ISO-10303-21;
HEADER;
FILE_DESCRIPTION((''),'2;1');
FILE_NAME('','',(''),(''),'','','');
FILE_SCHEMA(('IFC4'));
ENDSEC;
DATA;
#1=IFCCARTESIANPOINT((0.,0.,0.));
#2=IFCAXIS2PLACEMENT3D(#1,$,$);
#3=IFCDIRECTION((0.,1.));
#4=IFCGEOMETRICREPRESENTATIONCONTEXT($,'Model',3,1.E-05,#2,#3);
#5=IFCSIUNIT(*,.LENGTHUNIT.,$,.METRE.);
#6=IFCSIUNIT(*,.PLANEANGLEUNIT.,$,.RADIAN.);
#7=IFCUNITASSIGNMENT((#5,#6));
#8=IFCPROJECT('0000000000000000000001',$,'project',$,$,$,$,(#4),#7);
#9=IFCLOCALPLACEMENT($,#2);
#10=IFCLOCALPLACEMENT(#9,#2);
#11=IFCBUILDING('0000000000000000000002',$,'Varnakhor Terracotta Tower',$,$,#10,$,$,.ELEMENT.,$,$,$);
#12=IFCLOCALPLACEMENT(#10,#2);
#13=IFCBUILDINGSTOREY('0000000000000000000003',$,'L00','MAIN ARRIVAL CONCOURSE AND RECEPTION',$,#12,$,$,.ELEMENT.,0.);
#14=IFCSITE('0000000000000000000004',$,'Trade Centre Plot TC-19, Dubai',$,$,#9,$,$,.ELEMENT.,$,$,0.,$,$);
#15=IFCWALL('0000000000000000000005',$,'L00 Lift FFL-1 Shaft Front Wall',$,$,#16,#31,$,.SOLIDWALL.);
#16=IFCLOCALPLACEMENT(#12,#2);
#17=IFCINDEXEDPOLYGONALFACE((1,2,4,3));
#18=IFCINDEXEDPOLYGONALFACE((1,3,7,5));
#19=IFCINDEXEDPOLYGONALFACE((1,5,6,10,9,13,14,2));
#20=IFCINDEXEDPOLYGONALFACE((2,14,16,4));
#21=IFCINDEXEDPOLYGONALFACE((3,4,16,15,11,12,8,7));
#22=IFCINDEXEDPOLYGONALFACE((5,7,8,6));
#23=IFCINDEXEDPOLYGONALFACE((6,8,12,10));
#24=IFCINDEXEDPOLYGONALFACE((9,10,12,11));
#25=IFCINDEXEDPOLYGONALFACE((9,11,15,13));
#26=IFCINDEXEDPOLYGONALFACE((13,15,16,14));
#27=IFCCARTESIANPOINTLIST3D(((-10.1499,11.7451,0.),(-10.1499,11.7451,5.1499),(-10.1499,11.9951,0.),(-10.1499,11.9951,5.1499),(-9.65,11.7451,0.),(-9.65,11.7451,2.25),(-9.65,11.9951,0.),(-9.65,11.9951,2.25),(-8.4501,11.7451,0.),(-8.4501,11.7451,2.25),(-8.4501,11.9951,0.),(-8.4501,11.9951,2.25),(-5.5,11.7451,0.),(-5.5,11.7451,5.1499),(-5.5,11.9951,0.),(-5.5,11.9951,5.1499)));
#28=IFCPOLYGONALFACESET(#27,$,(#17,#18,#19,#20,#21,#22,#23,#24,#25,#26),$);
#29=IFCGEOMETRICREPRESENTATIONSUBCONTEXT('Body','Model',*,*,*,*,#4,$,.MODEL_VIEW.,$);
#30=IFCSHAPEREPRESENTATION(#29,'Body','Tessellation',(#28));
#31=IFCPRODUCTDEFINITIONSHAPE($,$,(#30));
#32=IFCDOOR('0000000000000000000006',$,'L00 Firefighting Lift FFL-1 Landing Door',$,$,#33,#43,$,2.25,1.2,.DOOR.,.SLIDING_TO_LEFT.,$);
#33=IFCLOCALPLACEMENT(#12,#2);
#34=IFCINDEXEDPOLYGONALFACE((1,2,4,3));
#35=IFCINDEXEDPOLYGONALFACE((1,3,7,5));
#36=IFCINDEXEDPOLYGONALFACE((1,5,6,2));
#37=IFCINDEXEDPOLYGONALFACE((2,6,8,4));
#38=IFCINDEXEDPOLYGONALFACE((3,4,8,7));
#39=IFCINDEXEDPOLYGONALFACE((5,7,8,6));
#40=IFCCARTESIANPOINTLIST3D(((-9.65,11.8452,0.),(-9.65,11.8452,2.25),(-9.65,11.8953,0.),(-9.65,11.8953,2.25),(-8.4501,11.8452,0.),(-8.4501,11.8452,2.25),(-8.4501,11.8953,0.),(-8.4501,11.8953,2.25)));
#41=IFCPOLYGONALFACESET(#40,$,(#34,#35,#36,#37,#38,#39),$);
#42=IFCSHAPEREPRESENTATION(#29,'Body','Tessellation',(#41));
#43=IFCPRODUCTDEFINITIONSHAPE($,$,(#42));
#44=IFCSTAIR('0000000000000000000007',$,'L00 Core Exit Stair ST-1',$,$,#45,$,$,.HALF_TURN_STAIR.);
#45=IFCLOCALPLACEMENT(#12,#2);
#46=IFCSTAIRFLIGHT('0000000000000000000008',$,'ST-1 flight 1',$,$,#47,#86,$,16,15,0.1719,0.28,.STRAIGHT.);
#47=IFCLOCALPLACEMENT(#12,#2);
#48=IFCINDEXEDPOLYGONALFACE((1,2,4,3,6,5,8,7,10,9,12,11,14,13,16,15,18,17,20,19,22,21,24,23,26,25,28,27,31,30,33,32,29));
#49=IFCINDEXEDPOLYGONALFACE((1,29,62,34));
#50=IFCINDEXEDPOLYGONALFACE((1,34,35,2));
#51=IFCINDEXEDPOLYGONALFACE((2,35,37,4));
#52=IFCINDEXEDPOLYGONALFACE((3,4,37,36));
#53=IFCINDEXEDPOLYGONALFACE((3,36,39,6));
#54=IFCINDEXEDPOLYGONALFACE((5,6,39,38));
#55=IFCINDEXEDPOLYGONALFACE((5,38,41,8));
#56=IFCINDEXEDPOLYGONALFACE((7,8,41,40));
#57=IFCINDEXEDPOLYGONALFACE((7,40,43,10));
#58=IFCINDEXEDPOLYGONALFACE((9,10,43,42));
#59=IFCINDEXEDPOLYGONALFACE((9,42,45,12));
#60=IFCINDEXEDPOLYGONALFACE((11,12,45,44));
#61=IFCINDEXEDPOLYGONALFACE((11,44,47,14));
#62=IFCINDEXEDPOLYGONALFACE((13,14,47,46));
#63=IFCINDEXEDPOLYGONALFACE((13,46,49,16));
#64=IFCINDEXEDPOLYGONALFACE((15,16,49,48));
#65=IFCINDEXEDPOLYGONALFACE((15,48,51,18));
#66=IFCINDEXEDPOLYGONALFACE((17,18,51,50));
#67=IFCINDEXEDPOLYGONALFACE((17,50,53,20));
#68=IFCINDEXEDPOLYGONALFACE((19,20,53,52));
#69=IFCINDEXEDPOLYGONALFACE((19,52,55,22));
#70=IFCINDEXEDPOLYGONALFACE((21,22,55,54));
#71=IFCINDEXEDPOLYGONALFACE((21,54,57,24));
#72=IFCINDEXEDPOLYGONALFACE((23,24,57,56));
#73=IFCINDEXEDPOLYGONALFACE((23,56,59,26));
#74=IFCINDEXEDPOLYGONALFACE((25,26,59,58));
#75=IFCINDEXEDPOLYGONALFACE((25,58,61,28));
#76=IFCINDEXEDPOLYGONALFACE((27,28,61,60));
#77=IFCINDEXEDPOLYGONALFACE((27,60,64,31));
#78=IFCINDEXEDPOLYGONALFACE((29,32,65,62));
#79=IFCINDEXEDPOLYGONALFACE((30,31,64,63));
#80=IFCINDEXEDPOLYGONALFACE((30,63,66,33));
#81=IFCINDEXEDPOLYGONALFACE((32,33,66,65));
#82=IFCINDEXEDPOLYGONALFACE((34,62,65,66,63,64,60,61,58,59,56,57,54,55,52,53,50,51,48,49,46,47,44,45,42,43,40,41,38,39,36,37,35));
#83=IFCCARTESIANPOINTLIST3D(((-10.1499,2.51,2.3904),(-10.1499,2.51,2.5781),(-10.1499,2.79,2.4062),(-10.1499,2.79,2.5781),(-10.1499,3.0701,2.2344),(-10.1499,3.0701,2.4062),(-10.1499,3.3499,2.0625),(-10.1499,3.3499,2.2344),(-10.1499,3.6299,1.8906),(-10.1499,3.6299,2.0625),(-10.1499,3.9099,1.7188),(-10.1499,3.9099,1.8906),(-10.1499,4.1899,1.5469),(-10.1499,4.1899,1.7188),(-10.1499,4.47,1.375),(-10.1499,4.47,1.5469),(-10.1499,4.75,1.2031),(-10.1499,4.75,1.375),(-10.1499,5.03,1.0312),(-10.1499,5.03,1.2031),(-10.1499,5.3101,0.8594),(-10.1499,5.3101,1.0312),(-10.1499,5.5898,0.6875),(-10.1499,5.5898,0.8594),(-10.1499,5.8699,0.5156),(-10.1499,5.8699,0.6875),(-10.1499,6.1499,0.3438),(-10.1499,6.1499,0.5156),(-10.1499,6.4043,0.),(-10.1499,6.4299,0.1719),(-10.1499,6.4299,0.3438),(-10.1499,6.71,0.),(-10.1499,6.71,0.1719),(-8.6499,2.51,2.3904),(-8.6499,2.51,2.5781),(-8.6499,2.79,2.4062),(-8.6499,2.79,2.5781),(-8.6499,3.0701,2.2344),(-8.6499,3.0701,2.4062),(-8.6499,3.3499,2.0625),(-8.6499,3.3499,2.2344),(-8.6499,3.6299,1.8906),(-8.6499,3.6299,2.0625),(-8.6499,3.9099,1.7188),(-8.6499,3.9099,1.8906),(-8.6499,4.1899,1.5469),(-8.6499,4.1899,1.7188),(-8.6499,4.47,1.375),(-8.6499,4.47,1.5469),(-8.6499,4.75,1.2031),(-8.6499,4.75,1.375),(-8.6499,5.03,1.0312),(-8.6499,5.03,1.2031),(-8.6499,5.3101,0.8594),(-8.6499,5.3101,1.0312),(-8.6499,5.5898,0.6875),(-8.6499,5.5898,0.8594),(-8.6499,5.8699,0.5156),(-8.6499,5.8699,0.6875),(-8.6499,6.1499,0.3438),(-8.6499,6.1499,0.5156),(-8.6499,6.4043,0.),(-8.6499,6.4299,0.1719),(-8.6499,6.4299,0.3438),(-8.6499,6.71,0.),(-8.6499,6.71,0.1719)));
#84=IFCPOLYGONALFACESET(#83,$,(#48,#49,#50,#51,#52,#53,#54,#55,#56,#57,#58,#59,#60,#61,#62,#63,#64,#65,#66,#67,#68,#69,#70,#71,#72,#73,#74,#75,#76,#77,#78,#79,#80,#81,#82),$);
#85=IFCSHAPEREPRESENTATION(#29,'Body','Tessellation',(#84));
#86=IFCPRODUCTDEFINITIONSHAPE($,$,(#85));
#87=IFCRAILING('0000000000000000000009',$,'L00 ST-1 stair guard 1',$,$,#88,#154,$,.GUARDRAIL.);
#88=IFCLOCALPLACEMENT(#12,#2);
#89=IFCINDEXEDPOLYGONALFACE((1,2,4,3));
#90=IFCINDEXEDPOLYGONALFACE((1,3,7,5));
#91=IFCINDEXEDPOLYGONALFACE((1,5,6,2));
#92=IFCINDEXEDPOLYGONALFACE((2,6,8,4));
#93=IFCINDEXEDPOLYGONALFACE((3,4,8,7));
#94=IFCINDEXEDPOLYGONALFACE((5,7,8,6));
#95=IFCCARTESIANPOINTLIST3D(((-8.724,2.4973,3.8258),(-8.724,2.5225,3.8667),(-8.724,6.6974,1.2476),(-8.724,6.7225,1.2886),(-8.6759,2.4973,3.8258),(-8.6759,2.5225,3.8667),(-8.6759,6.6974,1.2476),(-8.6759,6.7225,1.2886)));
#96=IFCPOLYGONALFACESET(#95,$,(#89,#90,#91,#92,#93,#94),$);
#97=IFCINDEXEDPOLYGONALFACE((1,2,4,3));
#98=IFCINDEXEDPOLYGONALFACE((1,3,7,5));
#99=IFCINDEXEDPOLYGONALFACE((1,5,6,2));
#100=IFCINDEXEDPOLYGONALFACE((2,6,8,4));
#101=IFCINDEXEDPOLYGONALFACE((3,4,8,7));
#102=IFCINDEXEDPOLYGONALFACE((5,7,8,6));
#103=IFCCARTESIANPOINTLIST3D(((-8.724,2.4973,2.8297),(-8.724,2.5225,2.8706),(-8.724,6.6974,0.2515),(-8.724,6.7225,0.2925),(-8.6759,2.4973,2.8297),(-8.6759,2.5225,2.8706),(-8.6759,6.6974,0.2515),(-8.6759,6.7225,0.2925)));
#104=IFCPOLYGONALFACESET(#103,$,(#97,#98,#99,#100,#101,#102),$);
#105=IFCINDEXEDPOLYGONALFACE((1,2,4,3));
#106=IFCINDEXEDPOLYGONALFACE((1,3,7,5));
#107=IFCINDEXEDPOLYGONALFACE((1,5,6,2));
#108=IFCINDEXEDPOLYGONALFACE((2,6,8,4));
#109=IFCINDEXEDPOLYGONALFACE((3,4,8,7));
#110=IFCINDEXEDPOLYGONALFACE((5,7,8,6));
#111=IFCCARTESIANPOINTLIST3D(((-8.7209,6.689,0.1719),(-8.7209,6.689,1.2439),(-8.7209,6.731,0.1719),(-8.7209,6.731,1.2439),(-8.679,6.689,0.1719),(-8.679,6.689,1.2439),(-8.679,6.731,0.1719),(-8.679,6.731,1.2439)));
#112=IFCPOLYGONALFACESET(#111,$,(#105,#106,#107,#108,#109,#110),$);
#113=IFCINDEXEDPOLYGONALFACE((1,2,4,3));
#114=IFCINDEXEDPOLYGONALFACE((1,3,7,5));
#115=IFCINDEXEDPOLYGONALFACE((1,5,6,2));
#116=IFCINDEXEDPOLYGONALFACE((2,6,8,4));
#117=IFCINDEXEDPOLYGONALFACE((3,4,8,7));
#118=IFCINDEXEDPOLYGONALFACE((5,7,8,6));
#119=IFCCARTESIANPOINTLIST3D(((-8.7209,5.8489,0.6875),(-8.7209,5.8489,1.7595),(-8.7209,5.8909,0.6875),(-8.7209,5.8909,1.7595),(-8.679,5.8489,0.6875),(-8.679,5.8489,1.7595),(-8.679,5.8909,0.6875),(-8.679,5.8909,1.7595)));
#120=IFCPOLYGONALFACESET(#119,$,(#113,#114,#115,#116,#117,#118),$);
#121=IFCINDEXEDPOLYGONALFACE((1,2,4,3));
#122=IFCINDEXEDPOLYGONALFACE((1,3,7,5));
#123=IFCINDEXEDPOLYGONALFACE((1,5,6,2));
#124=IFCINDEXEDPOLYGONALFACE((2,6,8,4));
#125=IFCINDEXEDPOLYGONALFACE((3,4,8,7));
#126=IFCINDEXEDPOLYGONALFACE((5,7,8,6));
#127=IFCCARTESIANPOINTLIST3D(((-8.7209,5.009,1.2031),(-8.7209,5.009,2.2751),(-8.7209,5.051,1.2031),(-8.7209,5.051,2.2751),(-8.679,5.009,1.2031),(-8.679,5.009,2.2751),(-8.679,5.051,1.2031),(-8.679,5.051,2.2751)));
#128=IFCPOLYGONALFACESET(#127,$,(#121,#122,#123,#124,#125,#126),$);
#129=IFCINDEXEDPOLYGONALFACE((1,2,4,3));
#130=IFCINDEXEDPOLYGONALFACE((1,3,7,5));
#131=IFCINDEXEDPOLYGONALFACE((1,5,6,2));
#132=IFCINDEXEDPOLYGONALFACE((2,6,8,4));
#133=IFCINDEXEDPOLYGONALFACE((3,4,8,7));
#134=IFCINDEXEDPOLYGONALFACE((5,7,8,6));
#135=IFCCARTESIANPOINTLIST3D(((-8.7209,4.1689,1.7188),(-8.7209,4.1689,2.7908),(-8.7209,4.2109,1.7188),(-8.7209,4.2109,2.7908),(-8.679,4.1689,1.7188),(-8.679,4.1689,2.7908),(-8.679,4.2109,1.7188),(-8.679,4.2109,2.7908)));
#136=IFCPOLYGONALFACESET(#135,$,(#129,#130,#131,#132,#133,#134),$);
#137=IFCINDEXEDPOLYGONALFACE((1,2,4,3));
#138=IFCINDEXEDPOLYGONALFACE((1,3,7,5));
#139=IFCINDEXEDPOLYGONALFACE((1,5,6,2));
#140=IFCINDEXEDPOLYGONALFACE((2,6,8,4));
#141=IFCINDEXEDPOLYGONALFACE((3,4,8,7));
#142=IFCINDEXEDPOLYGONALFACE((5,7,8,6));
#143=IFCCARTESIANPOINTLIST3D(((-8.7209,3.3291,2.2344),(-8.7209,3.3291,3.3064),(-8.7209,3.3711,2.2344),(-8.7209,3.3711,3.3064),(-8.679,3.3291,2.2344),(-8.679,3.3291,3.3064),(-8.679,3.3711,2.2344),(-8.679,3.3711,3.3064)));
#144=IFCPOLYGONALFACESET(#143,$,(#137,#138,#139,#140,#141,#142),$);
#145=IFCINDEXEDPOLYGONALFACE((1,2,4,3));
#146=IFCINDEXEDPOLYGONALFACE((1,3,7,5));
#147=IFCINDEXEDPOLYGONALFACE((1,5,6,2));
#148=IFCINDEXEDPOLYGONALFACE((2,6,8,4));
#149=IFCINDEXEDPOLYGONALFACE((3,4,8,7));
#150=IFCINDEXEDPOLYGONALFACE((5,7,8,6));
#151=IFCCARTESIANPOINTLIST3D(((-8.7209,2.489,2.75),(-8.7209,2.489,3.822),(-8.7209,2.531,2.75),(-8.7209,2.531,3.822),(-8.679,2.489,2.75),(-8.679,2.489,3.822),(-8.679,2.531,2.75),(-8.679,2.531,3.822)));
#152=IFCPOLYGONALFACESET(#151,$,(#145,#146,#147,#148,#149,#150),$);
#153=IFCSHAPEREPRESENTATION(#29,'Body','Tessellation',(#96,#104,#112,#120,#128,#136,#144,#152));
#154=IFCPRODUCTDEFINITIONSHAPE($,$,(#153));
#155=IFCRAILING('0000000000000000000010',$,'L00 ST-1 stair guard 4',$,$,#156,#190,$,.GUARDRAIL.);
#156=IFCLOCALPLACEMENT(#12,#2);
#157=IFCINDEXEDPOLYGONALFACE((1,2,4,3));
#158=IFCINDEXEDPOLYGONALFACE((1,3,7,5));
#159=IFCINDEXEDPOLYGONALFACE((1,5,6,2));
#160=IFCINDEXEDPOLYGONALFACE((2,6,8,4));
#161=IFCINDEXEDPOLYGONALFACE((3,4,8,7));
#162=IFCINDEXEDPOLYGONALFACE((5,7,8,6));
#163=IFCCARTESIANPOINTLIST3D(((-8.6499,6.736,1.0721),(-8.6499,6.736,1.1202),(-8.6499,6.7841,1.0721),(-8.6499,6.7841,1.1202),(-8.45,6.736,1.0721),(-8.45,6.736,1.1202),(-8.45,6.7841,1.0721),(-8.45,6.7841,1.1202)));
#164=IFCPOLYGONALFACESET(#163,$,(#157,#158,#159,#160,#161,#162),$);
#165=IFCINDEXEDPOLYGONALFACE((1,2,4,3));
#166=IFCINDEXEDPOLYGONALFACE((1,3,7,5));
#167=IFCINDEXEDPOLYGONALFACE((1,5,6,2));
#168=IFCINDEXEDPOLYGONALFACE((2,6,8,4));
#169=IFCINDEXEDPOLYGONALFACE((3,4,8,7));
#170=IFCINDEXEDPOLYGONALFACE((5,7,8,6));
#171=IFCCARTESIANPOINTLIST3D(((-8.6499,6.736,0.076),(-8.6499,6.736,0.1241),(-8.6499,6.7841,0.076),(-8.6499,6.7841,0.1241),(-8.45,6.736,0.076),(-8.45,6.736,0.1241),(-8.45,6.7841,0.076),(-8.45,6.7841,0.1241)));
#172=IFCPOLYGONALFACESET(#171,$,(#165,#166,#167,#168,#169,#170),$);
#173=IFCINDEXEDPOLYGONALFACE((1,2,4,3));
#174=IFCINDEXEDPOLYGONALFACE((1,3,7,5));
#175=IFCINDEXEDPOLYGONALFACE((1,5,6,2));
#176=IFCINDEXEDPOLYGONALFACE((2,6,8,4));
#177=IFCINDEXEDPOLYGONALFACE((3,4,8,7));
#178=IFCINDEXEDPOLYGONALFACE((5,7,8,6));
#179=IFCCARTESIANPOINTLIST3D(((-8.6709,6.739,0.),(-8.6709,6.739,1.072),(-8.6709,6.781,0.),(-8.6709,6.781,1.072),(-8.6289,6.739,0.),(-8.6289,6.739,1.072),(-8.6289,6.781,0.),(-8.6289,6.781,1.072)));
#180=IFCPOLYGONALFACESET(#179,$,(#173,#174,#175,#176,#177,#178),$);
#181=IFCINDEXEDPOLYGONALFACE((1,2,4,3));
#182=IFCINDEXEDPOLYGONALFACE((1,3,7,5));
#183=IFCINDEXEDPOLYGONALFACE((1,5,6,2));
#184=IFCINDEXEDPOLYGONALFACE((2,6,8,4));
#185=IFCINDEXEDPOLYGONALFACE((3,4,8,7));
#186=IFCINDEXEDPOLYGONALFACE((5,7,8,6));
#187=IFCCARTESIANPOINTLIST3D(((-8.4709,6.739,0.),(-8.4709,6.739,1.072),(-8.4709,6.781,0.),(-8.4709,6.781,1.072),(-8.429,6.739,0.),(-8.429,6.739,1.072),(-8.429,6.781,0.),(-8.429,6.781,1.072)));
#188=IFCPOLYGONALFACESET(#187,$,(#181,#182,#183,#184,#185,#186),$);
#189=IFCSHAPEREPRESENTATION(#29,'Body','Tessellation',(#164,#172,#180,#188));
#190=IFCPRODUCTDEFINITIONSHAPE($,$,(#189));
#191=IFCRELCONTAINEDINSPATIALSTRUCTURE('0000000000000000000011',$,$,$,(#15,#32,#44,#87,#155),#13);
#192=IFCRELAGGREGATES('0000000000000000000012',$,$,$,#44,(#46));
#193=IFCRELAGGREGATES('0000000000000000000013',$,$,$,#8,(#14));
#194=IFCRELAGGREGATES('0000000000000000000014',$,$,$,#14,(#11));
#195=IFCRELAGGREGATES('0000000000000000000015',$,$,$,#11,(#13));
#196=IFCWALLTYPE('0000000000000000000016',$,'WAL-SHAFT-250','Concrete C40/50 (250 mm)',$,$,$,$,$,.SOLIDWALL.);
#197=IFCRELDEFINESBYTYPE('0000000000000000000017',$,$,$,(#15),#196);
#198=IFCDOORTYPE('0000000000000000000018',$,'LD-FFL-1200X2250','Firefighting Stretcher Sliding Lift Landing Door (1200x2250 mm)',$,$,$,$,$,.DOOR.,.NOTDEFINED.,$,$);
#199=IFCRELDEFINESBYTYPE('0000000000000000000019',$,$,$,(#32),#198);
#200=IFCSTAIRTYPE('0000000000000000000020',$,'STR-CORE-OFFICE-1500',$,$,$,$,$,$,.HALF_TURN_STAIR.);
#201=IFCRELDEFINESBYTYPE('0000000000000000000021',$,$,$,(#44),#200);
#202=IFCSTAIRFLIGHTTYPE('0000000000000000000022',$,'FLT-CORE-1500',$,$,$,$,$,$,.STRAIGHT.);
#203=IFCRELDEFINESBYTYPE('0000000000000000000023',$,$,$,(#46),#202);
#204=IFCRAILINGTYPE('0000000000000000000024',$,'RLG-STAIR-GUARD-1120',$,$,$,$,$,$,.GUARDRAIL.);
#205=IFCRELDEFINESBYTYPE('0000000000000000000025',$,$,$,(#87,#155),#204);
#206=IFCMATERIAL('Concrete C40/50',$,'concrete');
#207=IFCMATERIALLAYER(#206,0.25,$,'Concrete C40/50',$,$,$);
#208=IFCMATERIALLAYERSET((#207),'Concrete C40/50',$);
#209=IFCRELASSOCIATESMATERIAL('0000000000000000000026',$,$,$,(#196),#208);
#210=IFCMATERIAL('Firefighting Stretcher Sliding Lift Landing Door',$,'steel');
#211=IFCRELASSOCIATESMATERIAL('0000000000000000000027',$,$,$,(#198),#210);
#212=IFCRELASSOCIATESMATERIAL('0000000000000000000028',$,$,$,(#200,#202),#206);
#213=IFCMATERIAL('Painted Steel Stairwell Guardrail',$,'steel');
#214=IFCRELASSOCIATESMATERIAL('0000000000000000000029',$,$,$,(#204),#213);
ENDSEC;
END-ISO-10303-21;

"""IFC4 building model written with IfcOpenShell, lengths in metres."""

from ifc_helpers import new_model, si_unit, direction, frame, frame_2d, origin, origin_2d, place, context, subcontext, project, spatial, polyline, rectangle, outline, extrude, source, transform, mapped, material, layer, layer_set, type_object, type_shapes, element, fill, aggregate, save


model = new_model("IFC4")

# Units and contexts
model_context = context("Model", 3, precision=1e-05, world=origin(), true_north=direction((0.0, 1.0)))
body_context = subcontext(model_context, "Body", "Model", "MODEL_VIEW")
ifc_project = project(units=[si_unit("LENGTHUNIT", "METRE"), si_unit("PLANEANGLEUNIT", "RADIAN")], contexts=[model_context])

# Site, building, storey
site_placement = place(None, origin())
site = spatial("IfcSite", under=ifc_project, at=site_placement, Name="Trade Centre Plot TC-19, Dubai", CompositionType="ELEMENT", RefElevation=0.0)
building_placement = place(site_placement, origin())
building = spatial("IfcBuilding", under=site, at=building_placement, Name="Varnakhor Terracotta Tower", CompositionType="ELEMENT")
storey_placement = place(building_placement, origin())
storey = spatial("IfcBuildingStorey", under=building, at=storey_placement, Name="L00", Description="MAIN ARRIVAL CONCOURSE AND RECEPTION", CompositionType="ELEMENT", Elevation=0.0)

# Shared definitions
ifc_material_1 = material(Name="Concrete C40/50", Category="concrete")

# Wall, opening, door
ifc_layer_1 = layer(ifc_material_1, 0.25, Name="Concrete C40/50")
ifc_layer_set_1 = layer_set([ifc_layer_1], Name="Concrete C40/50")
wall_type_1 = type_object("IfcWallType", Name="WAL-SHAFT-250", Description="Concrete C40/50 (250 mm)", PredefinedType="SOLIDWALL", material=ifc_layer_set_1)
wall_1_placement = place(storey_placement, frame((-5.5, 11.8701, 0.0), z_axis=(0.0, 0.0, 1.0), x_axis=(-1.0, 0.0, 0.0)))
wall_1 = element("IfcWall", 1, at=wall_1_placement, inside=storey, type_object=wall_type_1, Name="L00 Lift FFL-1 Shaft Front Wall", PredefinedType="SOLIDWALL", context=body_context, shape_type="SweptSolid", body=[
    extrude(rectangle(XDim=4.6499, YDim=0.25, at=frame_2d((2.325, 0.0))), origin(), (0.0, 0.0, 1.0), 5.1499),
])
opening_1_placement = place(wall_1_placement, frame((2.95, 0.0, 0.0)))
opening_1 = element("IfcOpeningElement", 2, at=opening_1_placement, cuts=wall_1, PredefinedType="OPENING", context=body_context, shape_type="SweptSolid", body=[
    extrude(rectangle(XDim=1.2, YDim=2.25, at=frame_2d((0.6001, 1.125))), frame((0.0, 0.135, 0.0), z_axis=(0.0, -1.0, 0.0), x_axis=(1.0, 0.0, 0.0)), (0.0, 0.0, 1.0), 0.27),
])
ifc_material_2 = material(Name="Firefighting Stretcher Sliding Lift Landing Door", Category="steel")
door_type_1 = type_object("IfcDoorType", Name="LD-FFL-1200X2250", Description="Firefighting Stretcher Sliding Lift Landing Door (1200x2250 mm)", OperationType="NOTDEFINED", PredefinedType="DOOR", material=ifc_material_2)
shared_shape_1 = source(origin(), body_context, "Body", "SweptSolid", [
    extrude(rectangle(XDim=1.2, YDim=2.25, at=frame_2d((0.6001, 1.125))), frame((0.0, 0.0249, 0.0), z_axis=(0.0, -1.0, 0.0), x_axis=(1.0, 0.0, 0.0)), (0.0, 0.0, 1.0), 0.05),
])
type_shapes(door_type_1, [shared_shape_1])
door_1_placement = place(opening_1_placement, origin())
door_1 = element("IfcDoor", 3, at=door_1_placement, inside=storey, type_object=door_type_1, Name="L00 Firefighting Lift FFL-1 Landing Door", OperationType="SLIDING_TO_LEFT", OverallHeight=2.25, OverallWidth=1.2, PredefinedType="DOOR", context=body_context, shape_type="MappedRepresentation", body=[
    mapped(shared_shape_1, transform((0.0, 0.0, 0.0), scale=1.0)),
])
fill(opening_1, door_1)

# Stair, stair flight
stair_type = type_object("IfcStairType", Name="STR-CORE-OFFICE-1500", PredefinedType="HALF_TURN_STAIR", material=ifc_material_1)
stair_placement = place(storey_placement, origin())
stair = element("IfcStair", 4, at=stair_placement, inside=storey, type_object=stair_type, Name="L00 Core Exit Stair ST-1", PredefinedType="HALF_TURN_STAIR")
stair_flight_type = type_object("IfcStairFlightType", Name="FLT-CORE-1500", PredefinedType="STRAIGHT", material=ifc_material_1)
stair_flight_placement = place(storey_placement, frame((-9.3999, 6.71, 0.0), z_axis=(0.0, 0.0, 1.0), x_axis=(0.0, -1.0, 0.0)))
stair_flight = element("IfcStairFlight", 5, at=stair_flight_placement, type_object=stair_flight_type, Name="ST-1 flight 1", NumberOfRisers=16, NumberOfTreads=15, PredefinedType="STRAIGHT", RiserHeight=0.1719, TreadLength=0.28, context=body_context, shape_type="SweptSolid", body=[
    extrude(outline(polyline([(0.0, 0.0), (0.0, 0.1719), (0.28, 0.1719), (0.28, 0.3438), (0.5601, 0.3438), (0.5601, 0.5156), (0.8401, 0.5156), (0.8401, 0.6875), (1.1201, 0.6875), (1.1201, 0.8594), (1.3999, 0.8594), (1.3999, 1.0312), (1.6799, 1.0312), (1.6799, 1.2031), (1.96, 1.2031), (1.96, 1.375), (2.24, 1.375), (2.24, 1.5469), (2.52, 1.5469), (2.52, 1.7188), (2.8, 1.7188), (2.8, 1.8906), (3.0801, 1.8906), (3.0801, 2.0625), (3.3601, 2.0625), (3.3601, 2.2344), (3.6399, 2.2344), (3.6399, 2.4062), (3.9199, 2.4062), (3.9199, 2.5781), (4.2, 2.5781), (4.2, 2.75), (4.2, 2.3904), (0.3057, 0.0), (0.0, 0.0)])), frame((0.0, 0.75, 0.0), z_axis=(0.0, -1.0, 0.0), x_axis=(1.0, 0.0, 0.0)), (0.0, 0.0, 1.0), 1.5),
])
aggregate(stair, [stair_flight])

# Railings
ifc_material_3 = material(Name="Painted Steel Stairwell Guardrail", Category="steel")
railing_type_1 = type_object("IfcRailingType", Name="RLG-STAIR-GUARD-1120", PredefinedType="GUARDRAIL", material=ifc_material_3)
railing_1_placement = place(storey_placement, frame((-8.7, 6.71, 0.1719)))
element("IfcRailing", 6, at=railing_1_placement, inside=storey, type_object=railing_type_1, Name="L00 ST-1 stair guard 1", PredefinedType="GUARDRAIL", context=body_context, shape_type="SweptSolid", body=[
    extrude(rectangle(XDim=0.0481, YDim=0.0481, at=origin_2d()), frame((0.0, 0.0, 1.0962), z_axis=(0.0, -0.852243, 0.523146), x_axis=(1.0, 0.0, 0.0)), (0.0, 0.0, 1.0), 4.9282),
    extrude(rectangle(XDim=0.0481, YDim=0.0481, at=origin_2d()), frame((0.0, 0.0, 0.1001), z_axis=(0.0, -0.852243, 0.523146), x_axis=(1.0, 0.0, 0.0)), (0.0, 0.0, 1.0), 4.9282),
    extrude(rectangle(XDim=0.042, YDim=0.042, at=origin_2d()), origin(), (0.0, 0.0, 1.0), 1.072),
    extrude(rectangle(XDim=0.042, YDim=0.042, at=origin_2d()), frame((0.0, -0.8401, 0.5156)), (0.0, 0.0, 1.0), 1.072),
    extrude(rectangle(XDim=0.042, YDim=0.042, at=origin_2d()), frame((0.0, -1.6799, 1.0312)), (0.0, 0.0, 1.0), 1.072),
    extrude(rectangle(XDim=0.042, YDim=0.042, at=origin_2d()), frame((0.0, -2.52, 1.5469)), (0.0, 0.0, 1.0), 1.072),
    extrude(rectangle(XDim=0.042, YDim=0.042, at=origin_2d()), frame((0.0, -3.3599, 2.0625)), (0.0, 0.0, 1.0), 1.072),
    extrude(rectangle(XDim=0.042, YDim=0.042, at=origin_2d()), frame((0.0, -4.2, 2.5781)), (0.0, 0.0, 1.0), 1.072),
])
railing_2_placement = place(storey_placement, frame((-8.6499, 6.76, 0.0)))
element("IfcRailing", 7, at=railing_2_placement, inside=storey, type_object=railing_type_1, Name="L00 ST-1 stair guard 4", PredefinedType="GUARDRAIL", context=body_context, shape_type="SweptSolid", body=[
    extrude(rectangle(XDim=0.0481, YDim=0.0481, at=origin_2d()), frame((0.0, 0.0, 1.0962), z_axis=(1.0, 0.0, 0.0), x_axis=(0.0, 1.0, 0.0)), (0.0, 0.0, 1.0), 0.2),
    extrude(rectangle(XDim=0.0481, YDim=0.0481, at=origin_2d()), frame((0.0, 0.0, 0.1001), z_axis=(1.0, 0.0, 0.0), x_axis=(0.0, 1.0, 0.0)), (0.0, 0.0, 1.0), 0.2),
    extrude(rectangle(XDim=0.042, YDim=0.042, at=origin_2d()), origin(), (0.0, 0.0, 1.0), 1.072),
    extrude(rectangle(XDim=0.042, YDim=0.042, at=origin_2d()), frame((0.2, 0.0, 0.0)), (0.0, 0.0, 1.0), 1.072),
])

save(model, "model.ifc")
